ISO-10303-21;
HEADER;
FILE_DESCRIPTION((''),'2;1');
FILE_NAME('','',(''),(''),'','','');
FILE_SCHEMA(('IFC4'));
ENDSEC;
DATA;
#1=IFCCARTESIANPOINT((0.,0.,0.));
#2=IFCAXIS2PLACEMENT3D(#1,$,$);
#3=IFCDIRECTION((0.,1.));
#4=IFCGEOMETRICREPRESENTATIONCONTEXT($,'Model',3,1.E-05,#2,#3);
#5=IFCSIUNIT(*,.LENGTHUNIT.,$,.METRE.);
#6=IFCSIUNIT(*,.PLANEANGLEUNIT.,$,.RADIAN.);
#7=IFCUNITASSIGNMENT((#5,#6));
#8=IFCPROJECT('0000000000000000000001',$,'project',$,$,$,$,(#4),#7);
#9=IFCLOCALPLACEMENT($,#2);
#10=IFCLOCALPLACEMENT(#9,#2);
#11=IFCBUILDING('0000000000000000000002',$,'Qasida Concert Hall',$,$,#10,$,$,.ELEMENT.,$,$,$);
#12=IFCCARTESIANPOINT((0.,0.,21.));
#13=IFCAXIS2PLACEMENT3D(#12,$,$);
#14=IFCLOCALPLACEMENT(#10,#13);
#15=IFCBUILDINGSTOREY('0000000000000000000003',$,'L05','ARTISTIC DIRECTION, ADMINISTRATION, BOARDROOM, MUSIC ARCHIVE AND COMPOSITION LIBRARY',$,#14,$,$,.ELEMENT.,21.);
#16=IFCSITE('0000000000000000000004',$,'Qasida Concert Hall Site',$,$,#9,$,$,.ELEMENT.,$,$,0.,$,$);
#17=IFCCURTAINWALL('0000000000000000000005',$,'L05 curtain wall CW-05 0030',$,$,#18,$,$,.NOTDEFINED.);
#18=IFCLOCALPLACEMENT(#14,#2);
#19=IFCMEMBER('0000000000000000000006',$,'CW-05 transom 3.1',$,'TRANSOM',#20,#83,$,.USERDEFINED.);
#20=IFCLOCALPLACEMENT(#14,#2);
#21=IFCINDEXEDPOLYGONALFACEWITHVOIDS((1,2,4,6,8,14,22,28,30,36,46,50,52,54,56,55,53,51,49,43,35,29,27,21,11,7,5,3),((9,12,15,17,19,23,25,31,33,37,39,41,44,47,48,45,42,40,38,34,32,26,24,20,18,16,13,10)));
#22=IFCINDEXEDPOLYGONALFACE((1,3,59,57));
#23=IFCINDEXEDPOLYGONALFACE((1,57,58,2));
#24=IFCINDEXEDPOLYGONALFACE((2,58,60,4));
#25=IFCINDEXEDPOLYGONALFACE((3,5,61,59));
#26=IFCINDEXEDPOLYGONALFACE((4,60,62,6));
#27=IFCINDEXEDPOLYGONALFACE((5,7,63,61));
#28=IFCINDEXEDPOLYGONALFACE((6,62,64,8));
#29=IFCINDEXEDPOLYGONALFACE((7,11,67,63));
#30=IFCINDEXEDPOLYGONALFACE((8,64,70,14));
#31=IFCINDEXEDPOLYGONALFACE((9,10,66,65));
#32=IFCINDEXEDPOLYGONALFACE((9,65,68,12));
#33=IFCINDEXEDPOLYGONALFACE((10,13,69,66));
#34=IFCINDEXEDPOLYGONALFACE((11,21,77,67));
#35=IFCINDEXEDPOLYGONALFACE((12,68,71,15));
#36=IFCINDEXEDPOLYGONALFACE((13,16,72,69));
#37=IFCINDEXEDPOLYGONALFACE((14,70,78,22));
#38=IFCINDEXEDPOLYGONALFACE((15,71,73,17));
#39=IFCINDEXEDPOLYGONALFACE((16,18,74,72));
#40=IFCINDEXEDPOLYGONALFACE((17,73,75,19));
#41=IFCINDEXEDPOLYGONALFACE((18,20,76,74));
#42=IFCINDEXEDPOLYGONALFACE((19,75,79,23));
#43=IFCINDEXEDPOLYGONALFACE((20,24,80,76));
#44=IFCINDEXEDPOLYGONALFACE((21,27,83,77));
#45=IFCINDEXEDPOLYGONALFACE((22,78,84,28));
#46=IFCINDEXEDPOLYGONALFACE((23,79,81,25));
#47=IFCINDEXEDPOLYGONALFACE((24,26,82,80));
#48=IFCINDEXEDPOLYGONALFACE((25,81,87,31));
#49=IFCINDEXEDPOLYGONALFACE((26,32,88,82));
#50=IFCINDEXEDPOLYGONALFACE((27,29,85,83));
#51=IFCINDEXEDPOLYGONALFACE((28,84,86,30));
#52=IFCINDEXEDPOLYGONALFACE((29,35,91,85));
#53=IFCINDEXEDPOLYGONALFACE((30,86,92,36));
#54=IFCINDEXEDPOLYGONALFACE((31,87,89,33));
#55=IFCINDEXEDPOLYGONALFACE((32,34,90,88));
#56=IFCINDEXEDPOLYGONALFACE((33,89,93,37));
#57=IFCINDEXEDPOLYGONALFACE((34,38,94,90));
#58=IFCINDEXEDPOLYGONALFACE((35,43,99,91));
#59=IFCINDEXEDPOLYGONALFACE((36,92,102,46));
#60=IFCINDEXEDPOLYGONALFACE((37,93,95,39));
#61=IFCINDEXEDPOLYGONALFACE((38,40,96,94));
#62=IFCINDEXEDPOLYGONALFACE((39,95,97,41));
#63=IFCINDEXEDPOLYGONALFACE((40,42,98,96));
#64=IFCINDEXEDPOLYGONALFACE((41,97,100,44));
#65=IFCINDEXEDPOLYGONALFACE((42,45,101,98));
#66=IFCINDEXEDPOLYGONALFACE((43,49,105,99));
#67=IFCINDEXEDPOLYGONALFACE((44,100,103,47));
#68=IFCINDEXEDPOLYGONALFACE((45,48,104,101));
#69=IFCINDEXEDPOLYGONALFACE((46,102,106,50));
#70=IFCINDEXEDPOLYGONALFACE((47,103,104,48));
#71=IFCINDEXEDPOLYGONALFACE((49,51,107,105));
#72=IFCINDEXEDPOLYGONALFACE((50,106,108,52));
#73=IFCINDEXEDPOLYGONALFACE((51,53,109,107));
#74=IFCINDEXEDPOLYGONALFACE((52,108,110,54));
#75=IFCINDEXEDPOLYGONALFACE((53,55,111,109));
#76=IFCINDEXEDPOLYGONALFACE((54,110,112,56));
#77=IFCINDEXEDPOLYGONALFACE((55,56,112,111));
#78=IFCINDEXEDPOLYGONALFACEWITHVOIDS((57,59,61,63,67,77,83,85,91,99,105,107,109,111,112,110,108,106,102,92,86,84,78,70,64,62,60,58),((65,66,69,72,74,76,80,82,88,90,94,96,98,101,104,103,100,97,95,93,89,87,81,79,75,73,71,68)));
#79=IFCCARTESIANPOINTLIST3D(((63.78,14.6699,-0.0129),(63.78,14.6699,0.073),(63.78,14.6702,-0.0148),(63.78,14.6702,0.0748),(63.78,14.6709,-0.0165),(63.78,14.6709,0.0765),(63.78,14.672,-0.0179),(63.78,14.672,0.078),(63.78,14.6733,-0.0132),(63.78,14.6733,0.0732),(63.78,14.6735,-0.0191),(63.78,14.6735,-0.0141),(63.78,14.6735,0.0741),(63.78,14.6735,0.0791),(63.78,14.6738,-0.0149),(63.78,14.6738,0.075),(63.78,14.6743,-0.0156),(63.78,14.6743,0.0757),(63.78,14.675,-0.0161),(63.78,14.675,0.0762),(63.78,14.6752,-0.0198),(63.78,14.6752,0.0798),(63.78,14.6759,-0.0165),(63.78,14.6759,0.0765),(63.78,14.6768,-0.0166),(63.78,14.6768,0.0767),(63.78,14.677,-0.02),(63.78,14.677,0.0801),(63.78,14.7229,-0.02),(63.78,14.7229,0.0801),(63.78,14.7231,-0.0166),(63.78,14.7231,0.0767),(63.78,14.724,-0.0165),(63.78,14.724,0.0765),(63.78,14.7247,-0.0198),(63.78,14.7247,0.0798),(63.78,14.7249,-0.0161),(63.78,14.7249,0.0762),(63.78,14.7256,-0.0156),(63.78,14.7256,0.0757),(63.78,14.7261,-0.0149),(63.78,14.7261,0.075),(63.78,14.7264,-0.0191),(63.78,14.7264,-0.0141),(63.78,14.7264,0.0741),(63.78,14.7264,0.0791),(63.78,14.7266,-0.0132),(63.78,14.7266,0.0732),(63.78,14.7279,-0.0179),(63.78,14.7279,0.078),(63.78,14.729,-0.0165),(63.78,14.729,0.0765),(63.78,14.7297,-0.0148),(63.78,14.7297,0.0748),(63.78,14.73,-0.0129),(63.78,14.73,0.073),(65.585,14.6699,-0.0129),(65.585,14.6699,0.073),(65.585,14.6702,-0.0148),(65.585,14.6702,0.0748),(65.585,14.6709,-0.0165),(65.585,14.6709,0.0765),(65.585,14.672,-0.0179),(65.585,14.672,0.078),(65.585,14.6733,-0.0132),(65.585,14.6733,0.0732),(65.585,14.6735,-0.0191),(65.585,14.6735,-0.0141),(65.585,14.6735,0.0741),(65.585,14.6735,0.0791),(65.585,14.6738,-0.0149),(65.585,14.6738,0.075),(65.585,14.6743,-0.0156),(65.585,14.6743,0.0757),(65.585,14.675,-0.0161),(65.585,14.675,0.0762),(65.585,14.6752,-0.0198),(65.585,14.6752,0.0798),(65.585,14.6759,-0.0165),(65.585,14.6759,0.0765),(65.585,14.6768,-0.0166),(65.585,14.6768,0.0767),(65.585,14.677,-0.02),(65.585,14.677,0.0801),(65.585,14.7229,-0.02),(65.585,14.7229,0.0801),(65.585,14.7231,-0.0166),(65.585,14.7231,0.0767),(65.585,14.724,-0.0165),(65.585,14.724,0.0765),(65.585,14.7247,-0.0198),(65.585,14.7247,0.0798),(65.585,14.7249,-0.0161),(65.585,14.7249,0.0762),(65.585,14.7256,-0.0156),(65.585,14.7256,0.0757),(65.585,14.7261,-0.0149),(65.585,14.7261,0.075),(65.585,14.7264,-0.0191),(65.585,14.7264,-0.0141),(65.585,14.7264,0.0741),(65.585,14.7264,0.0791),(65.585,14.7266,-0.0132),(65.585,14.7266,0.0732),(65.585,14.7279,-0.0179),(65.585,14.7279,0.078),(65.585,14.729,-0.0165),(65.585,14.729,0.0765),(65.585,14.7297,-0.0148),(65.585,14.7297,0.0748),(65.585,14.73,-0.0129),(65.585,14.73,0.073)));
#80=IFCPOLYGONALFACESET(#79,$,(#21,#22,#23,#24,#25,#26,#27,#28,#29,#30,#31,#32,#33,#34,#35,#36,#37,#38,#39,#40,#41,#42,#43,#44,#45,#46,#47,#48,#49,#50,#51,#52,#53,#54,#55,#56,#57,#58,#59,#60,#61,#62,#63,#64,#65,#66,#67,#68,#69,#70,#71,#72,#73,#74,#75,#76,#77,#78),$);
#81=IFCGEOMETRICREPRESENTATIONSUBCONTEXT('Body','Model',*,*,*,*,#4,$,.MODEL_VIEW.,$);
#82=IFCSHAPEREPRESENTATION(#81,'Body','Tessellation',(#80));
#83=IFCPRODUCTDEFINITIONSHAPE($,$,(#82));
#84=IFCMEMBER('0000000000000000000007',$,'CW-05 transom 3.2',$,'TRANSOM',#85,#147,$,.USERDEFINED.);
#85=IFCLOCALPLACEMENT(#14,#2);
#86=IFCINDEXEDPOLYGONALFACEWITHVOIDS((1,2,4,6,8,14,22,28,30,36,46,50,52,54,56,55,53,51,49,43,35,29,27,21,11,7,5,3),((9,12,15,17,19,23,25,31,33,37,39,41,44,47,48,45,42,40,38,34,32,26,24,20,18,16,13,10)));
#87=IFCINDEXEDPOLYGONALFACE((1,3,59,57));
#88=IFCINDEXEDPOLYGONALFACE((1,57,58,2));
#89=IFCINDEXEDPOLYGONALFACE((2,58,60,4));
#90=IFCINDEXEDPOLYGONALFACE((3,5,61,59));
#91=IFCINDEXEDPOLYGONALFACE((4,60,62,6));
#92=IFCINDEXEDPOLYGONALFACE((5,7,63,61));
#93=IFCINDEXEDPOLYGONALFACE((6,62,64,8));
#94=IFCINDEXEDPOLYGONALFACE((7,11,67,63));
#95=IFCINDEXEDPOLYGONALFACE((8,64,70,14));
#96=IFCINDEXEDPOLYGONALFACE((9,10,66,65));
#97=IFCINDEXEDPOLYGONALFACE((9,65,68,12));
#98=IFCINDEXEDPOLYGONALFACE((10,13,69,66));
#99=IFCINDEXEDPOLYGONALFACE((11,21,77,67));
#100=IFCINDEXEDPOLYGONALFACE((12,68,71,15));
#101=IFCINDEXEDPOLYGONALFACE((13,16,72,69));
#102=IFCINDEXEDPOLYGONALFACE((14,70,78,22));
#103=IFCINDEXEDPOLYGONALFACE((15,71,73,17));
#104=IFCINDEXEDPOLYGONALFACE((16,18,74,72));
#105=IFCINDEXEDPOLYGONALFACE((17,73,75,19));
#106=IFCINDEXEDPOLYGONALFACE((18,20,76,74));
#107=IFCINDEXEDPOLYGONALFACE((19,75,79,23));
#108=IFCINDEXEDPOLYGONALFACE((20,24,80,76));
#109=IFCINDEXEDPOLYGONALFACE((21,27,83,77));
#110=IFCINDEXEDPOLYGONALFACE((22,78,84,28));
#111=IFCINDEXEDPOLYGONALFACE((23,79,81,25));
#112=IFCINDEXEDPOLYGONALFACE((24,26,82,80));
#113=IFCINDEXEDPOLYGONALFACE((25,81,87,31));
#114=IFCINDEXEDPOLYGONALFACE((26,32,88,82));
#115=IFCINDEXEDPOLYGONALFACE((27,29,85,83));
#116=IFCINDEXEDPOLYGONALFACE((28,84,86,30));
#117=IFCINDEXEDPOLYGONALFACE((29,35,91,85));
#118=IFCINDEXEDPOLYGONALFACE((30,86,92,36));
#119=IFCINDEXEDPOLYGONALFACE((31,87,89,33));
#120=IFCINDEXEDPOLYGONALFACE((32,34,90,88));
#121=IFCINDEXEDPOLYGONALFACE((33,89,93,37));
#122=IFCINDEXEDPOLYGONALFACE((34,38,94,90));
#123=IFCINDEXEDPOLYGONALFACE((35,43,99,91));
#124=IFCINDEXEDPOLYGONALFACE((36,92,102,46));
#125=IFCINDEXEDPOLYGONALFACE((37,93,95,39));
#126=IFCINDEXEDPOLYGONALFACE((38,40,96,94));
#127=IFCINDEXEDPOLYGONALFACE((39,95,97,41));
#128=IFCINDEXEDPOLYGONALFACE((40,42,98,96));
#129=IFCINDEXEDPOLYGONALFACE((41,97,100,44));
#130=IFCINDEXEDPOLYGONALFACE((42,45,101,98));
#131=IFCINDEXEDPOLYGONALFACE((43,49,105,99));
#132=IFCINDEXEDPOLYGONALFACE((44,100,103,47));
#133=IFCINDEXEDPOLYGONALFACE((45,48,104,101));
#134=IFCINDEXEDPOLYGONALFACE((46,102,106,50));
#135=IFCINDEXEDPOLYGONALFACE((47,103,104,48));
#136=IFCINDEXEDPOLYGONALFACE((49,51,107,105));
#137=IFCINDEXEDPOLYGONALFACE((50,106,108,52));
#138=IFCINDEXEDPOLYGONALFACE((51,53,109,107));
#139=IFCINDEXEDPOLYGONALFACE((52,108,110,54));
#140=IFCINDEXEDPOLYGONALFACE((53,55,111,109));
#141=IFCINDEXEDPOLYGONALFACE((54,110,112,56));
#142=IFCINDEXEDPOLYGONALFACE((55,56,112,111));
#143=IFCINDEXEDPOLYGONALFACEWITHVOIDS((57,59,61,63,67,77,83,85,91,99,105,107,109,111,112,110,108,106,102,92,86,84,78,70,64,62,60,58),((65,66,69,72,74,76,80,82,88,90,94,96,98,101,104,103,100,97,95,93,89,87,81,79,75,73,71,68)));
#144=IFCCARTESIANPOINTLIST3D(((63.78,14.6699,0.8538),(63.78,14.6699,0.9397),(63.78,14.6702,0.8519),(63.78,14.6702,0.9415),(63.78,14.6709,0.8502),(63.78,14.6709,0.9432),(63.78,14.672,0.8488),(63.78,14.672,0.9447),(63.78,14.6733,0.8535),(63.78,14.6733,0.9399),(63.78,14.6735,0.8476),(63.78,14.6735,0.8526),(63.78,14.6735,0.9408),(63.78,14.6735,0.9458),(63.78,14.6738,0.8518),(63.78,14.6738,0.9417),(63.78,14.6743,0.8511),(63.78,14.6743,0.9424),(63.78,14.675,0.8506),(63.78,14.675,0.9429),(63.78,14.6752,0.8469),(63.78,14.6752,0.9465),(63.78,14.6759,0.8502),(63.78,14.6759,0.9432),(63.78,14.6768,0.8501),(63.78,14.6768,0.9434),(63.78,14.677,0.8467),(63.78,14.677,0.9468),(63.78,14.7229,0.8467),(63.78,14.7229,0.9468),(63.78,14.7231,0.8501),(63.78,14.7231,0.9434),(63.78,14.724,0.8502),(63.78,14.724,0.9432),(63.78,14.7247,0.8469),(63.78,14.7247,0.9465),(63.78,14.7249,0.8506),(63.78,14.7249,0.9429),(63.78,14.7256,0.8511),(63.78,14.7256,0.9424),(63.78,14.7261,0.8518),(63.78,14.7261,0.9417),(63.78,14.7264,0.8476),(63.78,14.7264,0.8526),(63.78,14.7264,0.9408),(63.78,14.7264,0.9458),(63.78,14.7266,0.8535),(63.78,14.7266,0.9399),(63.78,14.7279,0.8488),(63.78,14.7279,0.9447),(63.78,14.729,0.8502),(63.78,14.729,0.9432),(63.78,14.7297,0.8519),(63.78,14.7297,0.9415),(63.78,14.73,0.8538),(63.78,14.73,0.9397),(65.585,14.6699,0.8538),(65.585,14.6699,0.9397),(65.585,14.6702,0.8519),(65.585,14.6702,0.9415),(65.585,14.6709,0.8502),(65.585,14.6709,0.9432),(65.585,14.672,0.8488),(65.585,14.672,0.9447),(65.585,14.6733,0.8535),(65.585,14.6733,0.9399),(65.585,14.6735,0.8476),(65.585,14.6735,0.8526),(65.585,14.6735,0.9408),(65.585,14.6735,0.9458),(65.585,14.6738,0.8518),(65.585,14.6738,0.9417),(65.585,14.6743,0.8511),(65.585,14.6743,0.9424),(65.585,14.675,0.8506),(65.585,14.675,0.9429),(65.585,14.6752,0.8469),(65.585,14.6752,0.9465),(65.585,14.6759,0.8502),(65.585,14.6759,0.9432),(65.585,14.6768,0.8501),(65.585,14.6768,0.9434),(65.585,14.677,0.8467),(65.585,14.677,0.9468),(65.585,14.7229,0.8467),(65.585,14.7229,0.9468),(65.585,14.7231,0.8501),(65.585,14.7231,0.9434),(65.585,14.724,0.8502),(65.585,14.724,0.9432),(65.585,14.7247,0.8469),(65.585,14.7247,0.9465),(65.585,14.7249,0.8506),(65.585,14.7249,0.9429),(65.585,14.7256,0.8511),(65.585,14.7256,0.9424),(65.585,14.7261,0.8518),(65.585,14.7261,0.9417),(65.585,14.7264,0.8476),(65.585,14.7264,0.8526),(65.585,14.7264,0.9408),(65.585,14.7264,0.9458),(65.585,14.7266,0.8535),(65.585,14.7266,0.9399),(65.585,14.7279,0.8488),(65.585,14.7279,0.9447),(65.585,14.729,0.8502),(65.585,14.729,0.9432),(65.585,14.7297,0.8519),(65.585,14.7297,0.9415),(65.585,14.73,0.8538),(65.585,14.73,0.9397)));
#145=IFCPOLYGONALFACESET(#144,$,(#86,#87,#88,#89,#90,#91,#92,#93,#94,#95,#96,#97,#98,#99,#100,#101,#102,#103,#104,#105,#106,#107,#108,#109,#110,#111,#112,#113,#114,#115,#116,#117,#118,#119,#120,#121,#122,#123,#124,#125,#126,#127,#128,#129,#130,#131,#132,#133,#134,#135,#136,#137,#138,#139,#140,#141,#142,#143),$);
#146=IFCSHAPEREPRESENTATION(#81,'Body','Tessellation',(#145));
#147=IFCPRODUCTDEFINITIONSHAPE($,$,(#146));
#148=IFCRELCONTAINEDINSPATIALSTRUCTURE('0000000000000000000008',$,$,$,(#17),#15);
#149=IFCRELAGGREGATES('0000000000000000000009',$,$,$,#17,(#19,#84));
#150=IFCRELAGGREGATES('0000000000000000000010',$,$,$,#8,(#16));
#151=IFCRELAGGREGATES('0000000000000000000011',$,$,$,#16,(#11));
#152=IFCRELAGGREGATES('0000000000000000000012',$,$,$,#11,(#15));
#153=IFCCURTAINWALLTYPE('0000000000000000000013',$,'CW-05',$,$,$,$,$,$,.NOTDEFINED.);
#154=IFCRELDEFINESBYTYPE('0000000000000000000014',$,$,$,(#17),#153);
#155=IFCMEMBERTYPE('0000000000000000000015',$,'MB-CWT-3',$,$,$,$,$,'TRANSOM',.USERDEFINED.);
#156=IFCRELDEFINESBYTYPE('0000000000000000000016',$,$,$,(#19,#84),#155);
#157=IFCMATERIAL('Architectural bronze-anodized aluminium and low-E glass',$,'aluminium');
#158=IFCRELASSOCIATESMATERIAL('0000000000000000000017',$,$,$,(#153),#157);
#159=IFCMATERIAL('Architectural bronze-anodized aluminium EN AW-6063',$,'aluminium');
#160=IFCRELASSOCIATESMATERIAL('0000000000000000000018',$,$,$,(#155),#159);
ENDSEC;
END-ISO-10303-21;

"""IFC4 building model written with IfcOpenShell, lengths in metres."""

from ifc_helpers import new_model, si_unit, direction, frame, origin, origin_2d, place, context, subcontext, project, spatial, hollow_rectangle, extrude, material, material_profile, profile_set, type_object, element, aggregate, save


model = new_model("IFC4")

# Units and contexts
model_context = context("Model", 3, precision=1e-05, world=origin(), true_north=direction((0.0, 1.0)))
body_context = subcontext(model_context, "Body", "Model", "MODEL_VIEW")
ifc_project = project(units=[si_unit("LENGTHUNIT", "METRE"), si_unit("PLANEANGLEUNIT", "RADIAN")], contexts=[model_context])

# Site, building, storey
site_placement = place(None, origin())
site = spatial("IfcSite", under=ifc_project, at=site_placement, Name="Qasida Concert Hall Site", CompositionType="ELEMENT", RefElevation=0.0)
building_placement = place(site_placement, origin())
building = spatial("IfcBuilding", under=site, at=building_placement, Name="Qasida Concert Hall", CompositionType="ELEMENT")
storey_placement = place(building_placement, frame((0.0, 0.0, 21.0)))
storey = spatial("IfcBuildingStorey", under=building, at=storey_placement, Name="L05", Description="ARTISTIC DIRECTION, ADMINISTRATION, BOARDROOM, MUSIC ARCHIVE AND COMPOSITION LIBRARY", CompositionType="ELEMENT", Elevation=21.0)

# Curtain wall, members
ifc_material_1 = material(Name="Architectural bronze-anodized aluminium and low-E glass", Category="aluminium")
curtain_wall_type = type_object("IfcCurtainWallType", Name="CW-05", PredefinedType="NOTDEFINED", material=ifc_material_1)
curtain_wall_placement = place(storey_placement, origin())
curtain_wall = element("IfcCurtainWall", 1, at=curtain_wall_placement, inside=storey, type_object=curtain_wall_type, Name="L05 curtain wall CW-05 0030", PredefinedType="NOTDEFINED")
ifc_material_2 = material(Name="Architectural bronze-anodized aluminium EN AW-6063", Category="aluminium")
ifc_material_profile_1 = material_profile(ifc_material_2, hollow_rectangle(XDim=0.0601, YDim=0.1001, WallThickness=0.0034, InnerFilletRadius=0.0034, OuterFilletRadius=0.0071, at=origin_2d()), Name="CWT 100x60x3.5")
ifc_profile_set_1 = profile_set([ifc_material_profile_1], Name="Architectural bronze-anodized aluminium EN AW-6063")
member_type_1 = type_object("IfcMemberType", Name="MB-CWT-3", ElementType="TRANSOM", PredefinedType="USERDEFINED", material=ifc_profile_set_1)
member_1_placement = place(storey_placement, frame((63.78, 14.7, 0.03), z_axis=(1.0, 0.0, 0.0), x_axis=(0.0, 1.0, 0.0)))
member_1 = element("IfcMember", 2, at=member_1_placement, type_object=member_type_1, Name="CW-05 transom 3.1", ObjectType="TRANSOM", PredefinedType="USERDEFINED", context=body_context, shape_type="SweptSolid", body=[
    extrude(hollow_rectangle(XDim=0.0601, YDim=0.1001, WallThickness=0.0034, InnerFilletRadius=0.0034, OuterFilletRadius=0.0071, at=origin_2d()), origin(), (0.0, 0.0, 1.0), 1.8049),
])
member_2_placement = place(storey_placement, frame((63.78, 14.7, 0.8967), z_axis=(1.0, 0.0, 0.0), x_axis=(0.0, 1.0, 0.0)))
member_2 = element("IfcMember", 3, at=member_2_placement, type_object=member_type_1, Name="CW-05 transom 3.2", ObjectType="TRANSOM", PredefinedType="USERDEFINED", context=body_context, shape_type="SweptSolid", body=[
    extrude(hollow_rectangle(XDim=0.0601, YDim=0.1001, WallThickness=0.0034, InnerFilletRadius=0.0034, OuterFilletRadius=0.0071, at=origin_2d()), origin(), (0.0, 0.0, 1.0), 1.8049),
])
aggregate(curtain_wall, [member_1, member_2])

save(model, "model.ifc")
